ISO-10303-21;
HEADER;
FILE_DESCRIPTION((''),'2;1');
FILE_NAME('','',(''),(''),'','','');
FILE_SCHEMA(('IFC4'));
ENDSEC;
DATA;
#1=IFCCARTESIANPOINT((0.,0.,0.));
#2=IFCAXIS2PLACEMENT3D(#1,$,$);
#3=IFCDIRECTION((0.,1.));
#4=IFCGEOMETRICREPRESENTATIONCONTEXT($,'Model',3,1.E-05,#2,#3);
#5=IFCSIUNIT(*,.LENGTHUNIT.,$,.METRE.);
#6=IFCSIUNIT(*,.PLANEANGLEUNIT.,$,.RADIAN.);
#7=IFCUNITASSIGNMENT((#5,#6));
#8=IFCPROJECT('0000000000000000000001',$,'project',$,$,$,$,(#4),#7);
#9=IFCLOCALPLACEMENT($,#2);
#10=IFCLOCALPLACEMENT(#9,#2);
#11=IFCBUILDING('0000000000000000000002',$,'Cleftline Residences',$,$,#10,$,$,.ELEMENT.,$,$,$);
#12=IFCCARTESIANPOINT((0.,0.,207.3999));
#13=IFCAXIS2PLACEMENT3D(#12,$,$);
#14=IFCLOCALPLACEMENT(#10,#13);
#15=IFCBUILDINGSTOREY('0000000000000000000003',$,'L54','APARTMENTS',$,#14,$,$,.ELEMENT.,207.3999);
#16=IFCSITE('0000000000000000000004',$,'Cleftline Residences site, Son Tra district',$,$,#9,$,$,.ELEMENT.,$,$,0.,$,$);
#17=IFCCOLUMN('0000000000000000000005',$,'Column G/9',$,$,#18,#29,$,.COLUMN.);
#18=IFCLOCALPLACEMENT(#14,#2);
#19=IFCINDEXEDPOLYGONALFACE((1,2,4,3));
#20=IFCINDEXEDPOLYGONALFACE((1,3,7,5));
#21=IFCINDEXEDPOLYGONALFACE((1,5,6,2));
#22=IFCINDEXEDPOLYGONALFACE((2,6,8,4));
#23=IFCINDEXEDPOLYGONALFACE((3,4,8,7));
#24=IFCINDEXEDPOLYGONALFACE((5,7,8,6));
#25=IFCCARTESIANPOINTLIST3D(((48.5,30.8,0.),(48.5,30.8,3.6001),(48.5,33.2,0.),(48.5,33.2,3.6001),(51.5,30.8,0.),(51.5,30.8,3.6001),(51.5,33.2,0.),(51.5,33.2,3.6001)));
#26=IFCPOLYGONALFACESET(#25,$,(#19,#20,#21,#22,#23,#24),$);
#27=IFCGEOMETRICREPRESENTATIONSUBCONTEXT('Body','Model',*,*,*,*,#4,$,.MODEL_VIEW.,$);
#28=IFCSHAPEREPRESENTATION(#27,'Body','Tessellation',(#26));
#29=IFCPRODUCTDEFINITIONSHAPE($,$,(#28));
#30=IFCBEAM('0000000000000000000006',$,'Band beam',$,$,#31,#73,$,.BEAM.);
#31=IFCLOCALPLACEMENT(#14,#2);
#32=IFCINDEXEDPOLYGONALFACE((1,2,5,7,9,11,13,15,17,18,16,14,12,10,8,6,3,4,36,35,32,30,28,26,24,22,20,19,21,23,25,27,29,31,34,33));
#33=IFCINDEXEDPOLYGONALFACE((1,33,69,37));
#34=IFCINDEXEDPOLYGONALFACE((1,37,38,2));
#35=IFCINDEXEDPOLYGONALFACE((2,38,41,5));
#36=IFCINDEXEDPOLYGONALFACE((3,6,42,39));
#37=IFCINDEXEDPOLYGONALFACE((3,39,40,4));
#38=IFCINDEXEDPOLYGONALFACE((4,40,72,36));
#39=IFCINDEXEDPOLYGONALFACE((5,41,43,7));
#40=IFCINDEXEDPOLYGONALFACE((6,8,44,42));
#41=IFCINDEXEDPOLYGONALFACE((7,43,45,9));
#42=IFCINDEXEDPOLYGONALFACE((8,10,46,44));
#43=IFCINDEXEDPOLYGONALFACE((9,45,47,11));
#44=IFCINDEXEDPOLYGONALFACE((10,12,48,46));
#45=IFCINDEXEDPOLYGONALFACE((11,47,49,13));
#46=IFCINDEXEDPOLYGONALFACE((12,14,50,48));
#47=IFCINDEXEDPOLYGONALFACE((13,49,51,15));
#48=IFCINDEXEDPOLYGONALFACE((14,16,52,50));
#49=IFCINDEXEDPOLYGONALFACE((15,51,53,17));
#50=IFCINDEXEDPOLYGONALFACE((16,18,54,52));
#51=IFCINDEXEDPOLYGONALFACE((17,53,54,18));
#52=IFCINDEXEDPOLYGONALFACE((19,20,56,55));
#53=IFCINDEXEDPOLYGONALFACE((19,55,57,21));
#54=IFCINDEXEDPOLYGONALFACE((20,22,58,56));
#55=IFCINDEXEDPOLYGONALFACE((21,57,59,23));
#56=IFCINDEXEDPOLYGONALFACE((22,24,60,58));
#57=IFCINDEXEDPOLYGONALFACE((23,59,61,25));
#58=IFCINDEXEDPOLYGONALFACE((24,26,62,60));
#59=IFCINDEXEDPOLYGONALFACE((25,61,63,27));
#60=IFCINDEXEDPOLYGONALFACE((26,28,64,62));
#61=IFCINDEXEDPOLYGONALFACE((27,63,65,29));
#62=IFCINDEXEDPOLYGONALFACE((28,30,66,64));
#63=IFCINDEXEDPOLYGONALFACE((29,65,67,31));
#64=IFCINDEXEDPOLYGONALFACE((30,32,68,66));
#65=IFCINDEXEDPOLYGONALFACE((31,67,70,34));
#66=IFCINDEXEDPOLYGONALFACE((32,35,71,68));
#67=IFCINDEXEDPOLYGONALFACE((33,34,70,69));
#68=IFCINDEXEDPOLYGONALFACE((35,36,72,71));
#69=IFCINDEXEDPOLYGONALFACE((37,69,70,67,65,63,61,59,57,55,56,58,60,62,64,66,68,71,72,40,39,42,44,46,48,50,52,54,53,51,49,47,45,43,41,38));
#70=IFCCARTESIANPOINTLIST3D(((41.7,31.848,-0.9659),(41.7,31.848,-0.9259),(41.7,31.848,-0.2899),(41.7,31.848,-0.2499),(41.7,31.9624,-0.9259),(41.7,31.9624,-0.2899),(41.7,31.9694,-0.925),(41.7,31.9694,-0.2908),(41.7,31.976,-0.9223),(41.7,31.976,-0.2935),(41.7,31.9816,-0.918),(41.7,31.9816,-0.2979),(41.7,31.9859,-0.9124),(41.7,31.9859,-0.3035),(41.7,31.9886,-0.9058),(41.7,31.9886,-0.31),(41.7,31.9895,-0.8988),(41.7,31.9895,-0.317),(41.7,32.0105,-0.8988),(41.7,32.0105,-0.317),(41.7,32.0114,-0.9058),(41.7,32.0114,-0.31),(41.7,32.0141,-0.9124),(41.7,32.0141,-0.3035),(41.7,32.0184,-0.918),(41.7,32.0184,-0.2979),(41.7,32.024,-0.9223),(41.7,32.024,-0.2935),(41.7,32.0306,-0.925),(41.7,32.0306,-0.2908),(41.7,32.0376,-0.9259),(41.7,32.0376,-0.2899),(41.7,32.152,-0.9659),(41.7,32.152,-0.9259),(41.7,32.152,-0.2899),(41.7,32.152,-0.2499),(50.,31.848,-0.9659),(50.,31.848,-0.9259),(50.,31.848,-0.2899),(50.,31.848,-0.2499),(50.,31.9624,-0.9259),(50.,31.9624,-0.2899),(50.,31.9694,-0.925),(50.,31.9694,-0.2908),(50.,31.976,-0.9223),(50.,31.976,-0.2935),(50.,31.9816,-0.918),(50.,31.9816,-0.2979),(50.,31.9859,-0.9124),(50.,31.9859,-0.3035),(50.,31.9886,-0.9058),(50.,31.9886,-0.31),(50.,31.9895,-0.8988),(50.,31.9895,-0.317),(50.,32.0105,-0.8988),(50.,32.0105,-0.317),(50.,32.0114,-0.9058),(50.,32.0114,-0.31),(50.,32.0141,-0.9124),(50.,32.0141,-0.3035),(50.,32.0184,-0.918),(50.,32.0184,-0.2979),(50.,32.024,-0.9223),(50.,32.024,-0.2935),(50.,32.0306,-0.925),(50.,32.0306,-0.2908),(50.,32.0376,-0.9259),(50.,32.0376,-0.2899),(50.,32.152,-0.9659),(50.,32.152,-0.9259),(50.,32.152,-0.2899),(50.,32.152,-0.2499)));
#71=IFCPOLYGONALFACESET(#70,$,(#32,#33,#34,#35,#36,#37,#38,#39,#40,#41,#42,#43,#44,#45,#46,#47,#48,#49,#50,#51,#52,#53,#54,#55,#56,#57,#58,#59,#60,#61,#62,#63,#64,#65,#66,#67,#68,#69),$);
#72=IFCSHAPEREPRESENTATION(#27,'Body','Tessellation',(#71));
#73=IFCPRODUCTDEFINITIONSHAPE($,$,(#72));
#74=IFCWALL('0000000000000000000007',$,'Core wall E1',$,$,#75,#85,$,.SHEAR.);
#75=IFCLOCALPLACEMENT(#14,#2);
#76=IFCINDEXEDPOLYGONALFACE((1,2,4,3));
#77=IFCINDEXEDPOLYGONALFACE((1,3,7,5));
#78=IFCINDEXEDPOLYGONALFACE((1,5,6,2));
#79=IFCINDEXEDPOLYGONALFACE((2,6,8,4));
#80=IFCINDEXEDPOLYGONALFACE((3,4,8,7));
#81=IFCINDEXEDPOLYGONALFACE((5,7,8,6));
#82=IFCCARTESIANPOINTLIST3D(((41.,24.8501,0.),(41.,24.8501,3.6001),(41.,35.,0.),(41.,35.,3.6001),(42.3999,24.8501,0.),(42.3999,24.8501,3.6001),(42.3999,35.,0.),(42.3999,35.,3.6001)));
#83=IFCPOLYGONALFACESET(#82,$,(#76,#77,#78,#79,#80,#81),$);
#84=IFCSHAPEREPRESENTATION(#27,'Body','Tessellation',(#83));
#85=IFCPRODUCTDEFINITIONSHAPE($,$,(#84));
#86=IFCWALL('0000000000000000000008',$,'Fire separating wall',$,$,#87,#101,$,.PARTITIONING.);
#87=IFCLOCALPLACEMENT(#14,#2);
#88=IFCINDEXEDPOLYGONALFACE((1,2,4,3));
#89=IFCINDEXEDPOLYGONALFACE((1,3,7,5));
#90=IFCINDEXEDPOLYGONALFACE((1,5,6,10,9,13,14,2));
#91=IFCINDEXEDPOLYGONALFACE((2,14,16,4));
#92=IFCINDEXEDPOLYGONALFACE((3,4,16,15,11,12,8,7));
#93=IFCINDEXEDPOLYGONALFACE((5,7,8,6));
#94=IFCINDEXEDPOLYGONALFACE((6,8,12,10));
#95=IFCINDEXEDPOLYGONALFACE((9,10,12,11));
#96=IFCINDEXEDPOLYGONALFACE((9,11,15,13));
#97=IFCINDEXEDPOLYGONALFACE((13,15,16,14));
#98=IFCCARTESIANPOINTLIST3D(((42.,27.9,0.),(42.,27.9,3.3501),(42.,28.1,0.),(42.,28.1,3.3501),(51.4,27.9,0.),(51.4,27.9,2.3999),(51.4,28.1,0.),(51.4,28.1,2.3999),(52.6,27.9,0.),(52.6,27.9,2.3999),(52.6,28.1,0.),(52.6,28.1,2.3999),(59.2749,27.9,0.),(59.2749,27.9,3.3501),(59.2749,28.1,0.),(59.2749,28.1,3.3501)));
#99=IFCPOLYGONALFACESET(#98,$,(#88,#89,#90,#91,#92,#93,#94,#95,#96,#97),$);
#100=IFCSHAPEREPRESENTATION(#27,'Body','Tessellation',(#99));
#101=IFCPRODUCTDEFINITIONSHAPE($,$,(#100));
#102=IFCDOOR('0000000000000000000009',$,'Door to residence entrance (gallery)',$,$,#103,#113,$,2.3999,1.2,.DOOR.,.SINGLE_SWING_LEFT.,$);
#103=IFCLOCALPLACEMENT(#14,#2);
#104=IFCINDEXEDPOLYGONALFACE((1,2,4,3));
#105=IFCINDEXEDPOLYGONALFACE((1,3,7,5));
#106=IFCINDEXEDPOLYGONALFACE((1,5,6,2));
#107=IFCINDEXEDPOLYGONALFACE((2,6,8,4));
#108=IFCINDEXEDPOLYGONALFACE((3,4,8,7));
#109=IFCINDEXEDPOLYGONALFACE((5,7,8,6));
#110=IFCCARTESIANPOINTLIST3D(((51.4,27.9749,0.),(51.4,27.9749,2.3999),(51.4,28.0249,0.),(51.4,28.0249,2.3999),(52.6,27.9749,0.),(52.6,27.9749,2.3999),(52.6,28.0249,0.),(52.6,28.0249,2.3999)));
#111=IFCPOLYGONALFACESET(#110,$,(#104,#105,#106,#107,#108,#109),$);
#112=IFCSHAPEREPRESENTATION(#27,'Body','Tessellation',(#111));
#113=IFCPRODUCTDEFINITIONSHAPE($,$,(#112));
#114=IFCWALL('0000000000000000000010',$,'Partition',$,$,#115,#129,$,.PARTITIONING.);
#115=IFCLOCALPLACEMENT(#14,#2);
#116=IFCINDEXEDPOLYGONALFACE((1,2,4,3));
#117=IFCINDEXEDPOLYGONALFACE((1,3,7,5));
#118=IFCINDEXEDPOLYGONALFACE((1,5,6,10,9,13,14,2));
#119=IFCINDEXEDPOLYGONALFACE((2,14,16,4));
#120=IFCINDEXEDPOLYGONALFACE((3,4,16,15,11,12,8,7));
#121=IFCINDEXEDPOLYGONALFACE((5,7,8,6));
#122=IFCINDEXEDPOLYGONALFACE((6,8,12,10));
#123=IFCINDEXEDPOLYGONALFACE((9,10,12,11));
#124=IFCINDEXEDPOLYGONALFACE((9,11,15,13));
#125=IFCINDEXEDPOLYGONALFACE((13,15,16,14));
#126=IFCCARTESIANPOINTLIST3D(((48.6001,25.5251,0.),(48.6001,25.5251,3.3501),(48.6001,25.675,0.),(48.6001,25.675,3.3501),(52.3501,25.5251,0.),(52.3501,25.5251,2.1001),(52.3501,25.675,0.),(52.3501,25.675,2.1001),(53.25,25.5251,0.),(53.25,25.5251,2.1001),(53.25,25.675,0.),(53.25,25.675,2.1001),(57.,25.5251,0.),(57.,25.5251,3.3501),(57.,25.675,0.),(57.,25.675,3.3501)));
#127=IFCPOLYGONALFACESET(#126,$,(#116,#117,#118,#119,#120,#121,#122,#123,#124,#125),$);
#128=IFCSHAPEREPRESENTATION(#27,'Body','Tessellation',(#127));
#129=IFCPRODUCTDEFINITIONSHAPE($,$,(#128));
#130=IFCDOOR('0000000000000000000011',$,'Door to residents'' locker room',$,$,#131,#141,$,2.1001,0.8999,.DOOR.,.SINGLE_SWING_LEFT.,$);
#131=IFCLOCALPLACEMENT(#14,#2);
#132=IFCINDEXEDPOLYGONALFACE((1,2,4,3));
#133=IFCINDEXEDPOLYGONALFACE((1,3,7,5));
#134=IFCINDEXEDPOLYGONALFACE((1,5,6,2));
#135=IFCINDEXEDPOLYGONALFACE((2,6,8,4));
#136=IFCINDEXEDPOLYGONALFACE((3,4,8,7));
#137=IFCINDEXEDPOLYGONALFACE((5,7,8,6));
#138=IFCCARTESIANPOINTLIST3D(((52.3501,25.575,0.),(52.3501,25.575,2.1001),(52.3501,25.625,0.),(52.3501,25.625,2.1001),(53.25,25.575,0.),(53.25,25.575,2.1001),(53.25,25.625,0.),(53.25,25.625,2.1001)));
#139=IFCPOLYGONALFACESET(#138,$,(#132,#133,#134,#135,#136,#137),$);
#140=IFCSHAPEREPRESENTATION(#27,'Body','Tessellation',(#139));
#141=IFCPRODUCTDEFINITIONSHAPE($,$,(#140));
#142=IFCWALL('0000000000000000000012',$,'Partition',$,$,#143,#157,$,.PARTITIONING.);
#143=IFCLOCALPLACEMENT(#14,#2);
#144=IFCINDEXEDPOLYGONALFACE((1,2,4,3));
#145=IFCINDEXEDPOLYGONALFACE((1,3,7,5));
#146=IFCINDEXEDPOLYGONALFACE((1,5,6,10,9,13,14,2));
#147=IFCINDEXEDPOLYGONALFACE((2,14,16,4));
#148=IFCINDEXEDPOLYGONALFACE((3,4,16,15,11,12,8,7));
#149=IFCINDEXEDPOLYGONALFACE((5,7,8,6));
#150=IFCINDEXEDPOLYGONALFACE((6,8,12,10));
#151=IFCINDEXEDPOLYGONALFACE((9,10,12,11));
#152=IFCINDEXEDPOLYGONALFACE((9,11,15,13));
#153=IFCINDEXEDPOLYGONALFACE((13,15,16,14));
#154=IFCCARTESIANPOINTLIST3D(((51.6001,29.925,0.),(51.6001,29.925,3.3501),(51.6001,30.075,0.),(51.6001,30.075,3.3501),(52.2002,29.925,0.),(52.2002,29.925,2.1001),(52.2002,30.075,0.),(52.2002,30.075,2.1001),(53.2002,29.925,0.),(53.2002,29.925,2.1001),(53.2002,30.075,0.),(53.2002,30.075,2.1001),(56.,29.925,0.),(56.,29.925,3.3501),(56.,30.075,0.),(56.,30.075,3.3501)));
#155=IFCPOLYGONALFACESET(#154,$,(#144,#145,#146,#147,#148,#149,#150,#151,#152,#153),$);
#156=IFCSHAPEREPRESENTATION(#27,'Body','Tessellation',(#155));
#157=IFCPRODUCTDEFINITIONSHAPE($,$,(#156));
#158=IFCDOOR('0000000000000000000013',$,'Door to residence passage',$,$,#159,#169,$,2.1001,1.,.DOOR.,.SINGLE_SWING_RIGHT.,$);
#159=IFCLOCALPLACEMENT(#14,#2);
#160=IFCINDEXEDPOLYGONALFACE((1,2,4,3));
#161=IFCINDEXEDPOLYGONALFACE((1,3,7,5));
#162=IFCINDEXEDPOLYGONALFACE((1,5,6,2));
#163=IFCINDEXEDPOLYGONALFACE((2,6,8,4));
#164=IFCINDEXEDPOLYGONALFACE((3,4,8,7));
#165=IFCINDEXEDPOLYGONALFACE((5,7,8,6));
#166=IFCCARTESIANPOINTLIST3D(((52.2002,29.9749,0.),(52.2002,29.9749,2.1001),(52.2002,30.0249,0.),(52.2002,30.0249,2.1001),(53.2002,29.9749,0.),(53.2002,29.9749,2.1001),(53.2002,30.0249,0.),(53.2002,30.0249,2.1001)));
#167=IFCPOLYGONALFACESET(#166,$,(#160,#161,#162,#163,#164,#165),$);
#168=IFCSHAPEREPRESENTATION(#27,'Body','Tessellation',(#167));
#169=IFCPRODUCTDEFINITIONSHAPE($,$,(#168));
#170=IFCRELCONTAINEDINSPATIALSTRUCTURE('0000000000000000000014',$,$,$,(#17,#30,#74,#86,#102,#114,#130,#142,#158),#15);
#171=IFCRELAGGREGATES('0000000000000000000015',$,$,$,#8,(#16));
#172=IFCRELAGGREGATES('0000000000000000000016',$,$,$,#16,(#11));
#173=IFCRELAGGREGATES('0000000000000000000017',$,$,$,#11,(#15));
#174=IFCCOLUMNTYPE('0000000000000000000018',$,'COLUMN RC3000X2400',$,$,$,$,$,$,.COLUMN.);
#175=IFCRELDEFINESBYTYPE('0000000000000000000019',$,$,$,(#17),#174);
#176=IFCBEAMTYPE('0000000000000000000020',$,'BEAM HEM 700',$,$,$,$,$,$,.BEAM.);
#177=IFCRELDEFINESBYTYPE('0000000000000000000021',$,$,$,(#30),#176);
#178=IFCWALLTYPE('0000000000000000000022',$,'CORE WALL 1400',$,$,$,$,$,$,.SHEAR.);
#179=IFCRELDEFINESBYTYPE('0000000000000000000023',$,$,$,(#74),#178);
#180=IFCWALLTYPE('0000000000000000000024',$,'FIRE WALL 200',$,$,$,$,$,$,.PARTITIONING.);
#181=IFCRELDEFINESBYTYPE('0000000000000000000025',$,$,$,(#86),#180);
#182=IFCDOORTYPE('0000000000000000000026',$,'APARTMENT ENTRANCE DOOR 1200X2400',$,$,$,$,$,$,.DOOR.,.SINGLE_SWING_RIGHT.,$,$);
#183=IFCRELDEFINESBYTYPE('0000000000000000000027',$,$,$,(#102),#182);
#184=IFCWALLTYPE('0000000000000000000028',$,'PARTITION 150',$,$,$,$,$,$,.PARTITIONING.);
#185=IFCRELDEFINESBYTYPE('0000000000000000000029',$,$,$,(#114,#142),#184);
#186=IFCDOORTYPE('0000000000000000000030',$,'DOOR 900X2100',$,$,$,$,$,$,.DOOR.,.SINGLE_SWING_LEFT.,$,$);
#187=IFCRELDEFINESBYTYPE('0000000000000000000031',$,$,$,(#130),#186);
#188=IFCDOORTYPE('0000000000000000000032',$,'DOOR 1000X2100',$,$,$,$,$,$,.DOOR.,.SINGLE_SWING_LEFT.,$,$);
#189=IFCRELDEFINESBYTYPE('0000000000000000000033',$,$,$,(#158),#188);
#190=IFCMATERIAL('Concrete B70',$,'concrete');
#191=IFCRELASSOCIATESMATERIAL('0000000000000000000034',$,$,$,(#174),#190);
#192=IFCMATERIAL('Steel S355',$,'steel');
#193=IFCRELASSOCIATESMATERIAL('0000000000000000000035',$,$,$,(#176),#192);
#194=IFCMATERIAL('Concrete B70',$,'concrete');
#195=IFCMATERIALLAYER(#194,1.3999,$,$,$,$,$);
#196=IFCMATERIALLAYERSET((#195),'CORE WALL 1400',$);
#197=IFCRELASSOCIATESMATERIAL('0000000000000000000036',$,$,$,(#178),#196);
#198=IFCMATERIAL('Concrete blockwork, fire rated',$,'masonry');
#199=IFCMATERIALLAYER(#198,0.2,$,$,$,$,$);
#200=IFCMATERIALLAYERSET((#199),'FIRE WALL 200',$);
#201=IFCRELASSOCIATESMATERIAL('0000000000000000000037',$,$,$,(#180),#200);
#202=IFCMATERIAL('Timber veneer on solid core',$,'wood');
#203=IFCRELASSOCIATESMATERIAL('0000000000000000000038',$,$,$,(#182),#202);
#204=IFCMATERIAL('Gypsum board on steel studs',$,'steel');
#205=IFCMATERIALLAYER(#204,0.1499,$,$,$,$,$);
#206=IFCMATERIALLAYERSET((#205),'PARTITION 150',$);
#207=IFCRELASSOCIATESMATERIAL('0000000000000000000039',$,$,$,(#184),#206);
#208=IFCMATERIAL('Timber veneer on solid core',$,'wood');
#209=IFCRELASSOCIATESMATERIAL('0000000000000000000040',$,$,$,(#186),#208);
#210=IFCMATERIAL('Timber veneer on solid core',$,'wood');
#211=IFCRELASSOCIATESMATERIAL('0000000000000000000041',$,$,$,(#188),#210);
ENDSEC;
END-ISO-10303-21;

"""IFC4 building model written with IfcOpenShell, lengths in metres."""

from ifc_helpers import new_model, si_unit, direction, frame, frame_2d, origin, origin_2d, place, context, subcontext, project, spatial, rectangle, i_section, extrude, material, layer, layer_set, material_profile, profile_set, type_object, element, fill, save


model = new_model("IFC4")

# Units and contexts
model_context = context("Model", 3, precision=1e-05, world=origin(), true_north=direction((0.0, 1.0)))
body_context = subcontext(model_context, "Body", "Model", "MODEL_VIEW")
ifc_project = project(units=[si_unit("LENGTHUNIT", "METRE"), si_unit("PLANEANGLEUNIT", "RADIAN")], contexts=[model_context])

# Site, building, storey
site_placement = place(None, origin())
site = spatial("IfcSite", under=ifc_project, at=site_placement, Name="Cleftline Residences site, Son Tra district", CompositionType="ELEMENT", RefElevation=0.0)
building_placement = place(site_placement, origin())
building = spatial("IfcBuilding", under=site, at=building_placement, Name="Cleftline Residences", CompositionType="ELEMENT")
storey_placement = place(building_placement, frame((0.0, 0.0, 207.3999)))
storey = spatial("IfcBuildingStorey", under=building, at=storey_placement, Name="L54", Description="APARTMENTS", CompositionType="ELEMENT", Elevation=207.3999)

# Column
ifc_material_1 = material(Name="Concrete B70", Category="concrete")
ifc_material_profile_1 = material_profile(ifc_material_1, rectangle(XDim=3.0, YDim=2.3999, at=origin_2d()))
ifc_profile_set_1 = profile_set([ifc_material_profile_1], Name="Concrete B70")
column_type = type_object("IfcColumnType", Name="COLUMN RC3000X2400", PredefinedType="COLUMN", material=ifc_profile_set_1)
column_placement = place(storey_placement, frame((50.0, 32.0, 0.0), z_axis=(0.0, 0.0, 1.0), x_axis=(1.0, 0.0, 0.0)))
element("IfcColumn", 1, at=column_placement, inside=storey, type_object=column_type, Name="Column G/9", PredefinedType="COLUMN", context=body_context, shape_type="SweptSolid", body=[
    extrude(rectangle(XDim=3.0, YDim=2.3999, at=origin_2d()), origin(), (0.0, 0.0, 1.0), 3.6001),
])

# Beam
ifc_material_2 = material(Name="Steel S355", Category="steel")
ifc_material_profile_2 = material_profile(ifc_material_2, i_section(OverallWidth=0.304, OverallDepth=0.7161, WebThickness=0.021, FlangeThickness=0.04, FilletRadius=0.0271, at=origin_2d()))
ifc_profile_set_2 = profile_set([ifc_material_profile_2], Name="Steel S355")
beam_type = type_object("IfcBeamType", Name="BEAM HEM 700", PredefinedType="BEAM", material=ifc_profile_set_2)
beam_placement = place(storey_placement, frame((50.0, 32.0, -0.6079), z_axis=(-1.0, 0.0, 0.0), x_axis=(0.0, -1.0, 0.0)))
element("IfcBeam", 2, at=beam_placement, inside=storey, type_object=beam_type, Name="Band beam", PredefinedType="BEAM", context=body_context, shape_type="SweptSolid", body=[
    extrude(i_section(OverallWidth=0.304, OverallDepth=0.7161, WebThickness=0.021, FlangeThickness=0.04, FilletRadius=0.0271, at=origin_2d()), origin(), (0.0, 0.0, 1.0), 8.3),
])

# Wall
ifc_material_3 = material(Name="Concrete B70", Category="concrete")
ifc_layer_1 = layer(ifc_material_3, 1.3999)
ifc_layer_set_1 = layer_set([ifc_layer_1], Name="CORE WALL 1400")
wall_type_1 = type_object("IfcWallType", Name="CORE WALL 1400", PredefinedType="SHEAR", material=ifc_layer_set_1)
wall_1_placement = place(storey_placement, frame((41.7, 24.8501, 0.0), z_axis=(0.0, 0.0, 1.0), x_axis=(0.0, 1.0, 0.0)))
element("IfcWall", 3, at=wall_1_placement, inside=storey, type_object=wall_type_1, Name="Core wall E1", PredefinedType="SHEAR", context=body_context, shape_type="SweptSolid", body=[
    extrude(rectangle(XDim=10.1499, YDim=1.3999, at=frame_2d((5.075, 0.0))), origin(), (0.0, 0.0, 1.0), 3.6001),
])

# Walls, openings, doors
ifc_material_4 = material(Name="Concrete blockwork, fire rated", Category="masonry")
ifc_layer_2 = layer(ifc_material_4, 0.2)
ifc_layer_set_2 = layer_set([ifc_layer_2], Name="FIRE WALL 200")
wall_type_2 = type_object("IfcWallType", Name="FIRE WALL 200", PredefinedType="PARTITIONING", material=ifc_layer_set_2)
wall_2_placement = place(storey_placement, frame((42.0, 28.0, 0.0), z_axis=(0.0, 0.0, 1.0), x_axis=(1.0, 0.0, 0.0)))
wall_2 = element("IfcWall", 4, at=wall_2_placement, inside=storey, type_object=wall_type_2, Name="Fire separating wall", PredefinedType="PARTITIONING", context=body_context, shape_type="SweptSolid", body=[
    extrude(rectangle(XDim=17.2749, YDim=0.2, at=frame_2d((8.6375, 0.0))), origin(), (0.0, 0.0, 1.0), 3.3501),
])
opening_1_placement = place(wall_2_placement, frame((9.3999, 0.0, 0.0)))
opening_1 = element("IfcOpeningElement", 5, at=opening_1_placement, cuts=wall_2, PredefinedType="OPENING", context=body_context, shape_type="SweptSolid", body=[
    extrude(rectangle(XDim=1.2, YDim=2.3999, at=frame_2d((0.6001, 1.2))), frame((0.0, 0.1099, 0.0), z_axis=(0.0, -1.0, 0.0), x_axis=(1.0, 0.0, 0.0)), (0.0, 0.0, 1.0), 0.22),
])
ifc_material_5 = material(Name="Timber veneer on solid core", Category="wood")
door_type_1 = type_object("IfcDoorType", Name="APARTMENT ENTRANCE DOOR 1200X2400", OperationType="SINGLE_SWING_RIGHT", PredefinedType="DOOR", material=ifc_material_5)
door_1_placement = place(opening_1_placement, origin())
door_1 = element("IfcDoor", 6, at=door_1_placement, inside=storey, type_object=door_type_1, Name="Door to residence entrance (gallery)", OperationType="SINGLE_SWING_LEFT", OverallHeight=2.3999, OverallWidth=1.2, PredefinedType="DOOR", context=body_context, shape_type="SweptSolid", body=[
    extrude(rectangle(XDim=1.2, YDim=2.3999, at=frame_2d((0.6001, 1.2))), frame((0.0, 0.0249, 0.0), z_axis=(0.0, -1.0, 0.0), x_axis=(1.0, 0.0, 0.0)), (0.0, 0.0, 1.0), 0.05),
])
fill(opening_1, door_1)
ifc_material_6 = material(Name="Gypsum board on steel studs", Category="steel")
ifc_layer_3 = layer(ifc_material_6, 0.1499)
ifc_layer_set_3 = layer_set([ifc_layer_3], Name="PARTITION 150")
wall_type_3 = type_object("IfcWallType", Name="PARTITION 150", PredefinedType="PARTITIONING", material=ifc_layer_set_3)
wall_3_placement = place(storey_placement, frame((48.6001, 25.6001, 0.0), z_axis=(0.0, 0.0, 1.0), x_axis=(1.0, 0.0, 0.0)))
wall_3 = element("IfcWall", 7, at=wall_3_placement, inside=storey, type_object=wall_type_3, Name="Partition", PredefinedType="PARTITIONING", context=body_context, shape_type="SweptSolid", body=[
    extrude(rectangle(XDim=8.3999, YDim=0.1499, at=frame_2d((4.2, 0.0))), origin(), (0.0, 0.0, 1.0), 3.3501),
])
opening_2_placement = place(wall_3_placement, frame((3.75, 0.0, 0.0)))
opening_2 = element("IfcOpeningElement", 8, at=opening_2_placement, cuts=wall_3, PredefinedType="OPENING", context=body_context, shape_type="SweptSolid", body=[
    extrude(rectangle(XDim=0.8999, YDim=2.1001, at=frame_2d((0.45, 1.05))), frame((0.0, 0.085, 0.0), z_axis=(0.0, -1.0, 0.0), x_axis=(1.0, 0.0, 0.0)), (0.0, 0.0, 1.0), 0.1699),
])
ifc_material_7 = material(Name="Timber veneer on solid core", Category="wood")
door_type_2 = type_object("IfcDoorType", Name="DOOR 900X2100", OperationType="SINGLE_SWING_LEFT", PredefinedType="DOOR", material=ifc_material_7)
door_2_placement = place(opening_2_placement, origin())
door_2 = element("IfcDoor", 9, at=door_2_placement, inside=storey, type_object=door_type_2, Name="Door to residents' locker room", OperationType="SINGLE_SWING_LEFT", OverallHeight=2.1001, OverallWidth=0.8999, PredefinedType="DOOR", context=body_context, shape_type="SweptSolid", body=[
    extrude(rectangle(XDim=0.8999, YDim=2.1001, at=frame_2d((0.45, 1.05))), frame((0.0, 0.0249, 0.0), z_axis=(0.0, -1.0, 0.0), x_axis=(1.0, 0.0, 0.0)), (0.0, 0.0, 1.0), 0.05),
])
fill(opening_2, door_2)
wall_4_placement = place(storey_placement, frame((51.6001, 30.0, 0.0), z_axis=(0.0, 0.0, 1.0), x_axis=(1.0, 0.0, 0.0)))
wall_4 = element("IfcWall", 10, at=wall_4_placement, inside=storey, type_object=wall_type_3, Name="Partition", PredefinedType="PARTITIONING", context=body_context, shape_type="SweptSolid", body=[
    extrude(rectangle(XDim=4.3999, YDim=0.1499, at=frame_2d((2.2, 0.0))), origin(), (0.0, 0.0, 1.0), 3.3501),
])
opening_3_placement = place(wall_4_placement, frame((0.6001, 0.0, 0.0)))
opening_3 = element("IfcOpeningElement", 11, at=opening_3_placement, cuts=wall_4, PredefinedType="OPENING", context=body_context, shape_type="SweptSolid", body=[
    extrude(rectangle(XDim=1.0, YDim=2.1001, at=frame_2d((0.5, 1.05))), frame((0.0, 0.085, 0.0), z_axis=(0.0, -1.0, 0.0), x_axis=(1.0, 0.0, 0.0)), (0.0, 0.0, 1.0), 0.1699),
])
ifc_material_8 = material(Name="Timber veneer on solid core", Category="wood")
door_type_3 = type_object("IfcDoorType", Name="DOOR 1000X2100", OperationType="SINGLE_SWING_LEFT", PredefinedType="DOOR", material=ifc_material_8)
door_3_placement = place(opening_3_placement, origin())
door_3 = element("IfcDoor", 12, at=door_3_placement, inside=storey, type_object=door_type_3, Name="Door to residence passage", OperationType="SINGLE_SWING_RIGHT", OverallHeight=2.1001, OverallWidth=1.0, PredefinedType="DOOR", context=body_context, shape_type="SweptSolid", body=[
    extrude(rectangle(XDim=1.0, YDim=2.1001, at=frame_2d((0.5, 1.05))), frame((0.0, 0.0249, 0.0), z_axis=(0.0, -1.0, 0.0), x_axis=(1.0, 0.0, 0.0)), (0.0, 0.0, 1.0), 0.05),
])
fill(opening_3, door_3)

save(model, "model.ifc")
